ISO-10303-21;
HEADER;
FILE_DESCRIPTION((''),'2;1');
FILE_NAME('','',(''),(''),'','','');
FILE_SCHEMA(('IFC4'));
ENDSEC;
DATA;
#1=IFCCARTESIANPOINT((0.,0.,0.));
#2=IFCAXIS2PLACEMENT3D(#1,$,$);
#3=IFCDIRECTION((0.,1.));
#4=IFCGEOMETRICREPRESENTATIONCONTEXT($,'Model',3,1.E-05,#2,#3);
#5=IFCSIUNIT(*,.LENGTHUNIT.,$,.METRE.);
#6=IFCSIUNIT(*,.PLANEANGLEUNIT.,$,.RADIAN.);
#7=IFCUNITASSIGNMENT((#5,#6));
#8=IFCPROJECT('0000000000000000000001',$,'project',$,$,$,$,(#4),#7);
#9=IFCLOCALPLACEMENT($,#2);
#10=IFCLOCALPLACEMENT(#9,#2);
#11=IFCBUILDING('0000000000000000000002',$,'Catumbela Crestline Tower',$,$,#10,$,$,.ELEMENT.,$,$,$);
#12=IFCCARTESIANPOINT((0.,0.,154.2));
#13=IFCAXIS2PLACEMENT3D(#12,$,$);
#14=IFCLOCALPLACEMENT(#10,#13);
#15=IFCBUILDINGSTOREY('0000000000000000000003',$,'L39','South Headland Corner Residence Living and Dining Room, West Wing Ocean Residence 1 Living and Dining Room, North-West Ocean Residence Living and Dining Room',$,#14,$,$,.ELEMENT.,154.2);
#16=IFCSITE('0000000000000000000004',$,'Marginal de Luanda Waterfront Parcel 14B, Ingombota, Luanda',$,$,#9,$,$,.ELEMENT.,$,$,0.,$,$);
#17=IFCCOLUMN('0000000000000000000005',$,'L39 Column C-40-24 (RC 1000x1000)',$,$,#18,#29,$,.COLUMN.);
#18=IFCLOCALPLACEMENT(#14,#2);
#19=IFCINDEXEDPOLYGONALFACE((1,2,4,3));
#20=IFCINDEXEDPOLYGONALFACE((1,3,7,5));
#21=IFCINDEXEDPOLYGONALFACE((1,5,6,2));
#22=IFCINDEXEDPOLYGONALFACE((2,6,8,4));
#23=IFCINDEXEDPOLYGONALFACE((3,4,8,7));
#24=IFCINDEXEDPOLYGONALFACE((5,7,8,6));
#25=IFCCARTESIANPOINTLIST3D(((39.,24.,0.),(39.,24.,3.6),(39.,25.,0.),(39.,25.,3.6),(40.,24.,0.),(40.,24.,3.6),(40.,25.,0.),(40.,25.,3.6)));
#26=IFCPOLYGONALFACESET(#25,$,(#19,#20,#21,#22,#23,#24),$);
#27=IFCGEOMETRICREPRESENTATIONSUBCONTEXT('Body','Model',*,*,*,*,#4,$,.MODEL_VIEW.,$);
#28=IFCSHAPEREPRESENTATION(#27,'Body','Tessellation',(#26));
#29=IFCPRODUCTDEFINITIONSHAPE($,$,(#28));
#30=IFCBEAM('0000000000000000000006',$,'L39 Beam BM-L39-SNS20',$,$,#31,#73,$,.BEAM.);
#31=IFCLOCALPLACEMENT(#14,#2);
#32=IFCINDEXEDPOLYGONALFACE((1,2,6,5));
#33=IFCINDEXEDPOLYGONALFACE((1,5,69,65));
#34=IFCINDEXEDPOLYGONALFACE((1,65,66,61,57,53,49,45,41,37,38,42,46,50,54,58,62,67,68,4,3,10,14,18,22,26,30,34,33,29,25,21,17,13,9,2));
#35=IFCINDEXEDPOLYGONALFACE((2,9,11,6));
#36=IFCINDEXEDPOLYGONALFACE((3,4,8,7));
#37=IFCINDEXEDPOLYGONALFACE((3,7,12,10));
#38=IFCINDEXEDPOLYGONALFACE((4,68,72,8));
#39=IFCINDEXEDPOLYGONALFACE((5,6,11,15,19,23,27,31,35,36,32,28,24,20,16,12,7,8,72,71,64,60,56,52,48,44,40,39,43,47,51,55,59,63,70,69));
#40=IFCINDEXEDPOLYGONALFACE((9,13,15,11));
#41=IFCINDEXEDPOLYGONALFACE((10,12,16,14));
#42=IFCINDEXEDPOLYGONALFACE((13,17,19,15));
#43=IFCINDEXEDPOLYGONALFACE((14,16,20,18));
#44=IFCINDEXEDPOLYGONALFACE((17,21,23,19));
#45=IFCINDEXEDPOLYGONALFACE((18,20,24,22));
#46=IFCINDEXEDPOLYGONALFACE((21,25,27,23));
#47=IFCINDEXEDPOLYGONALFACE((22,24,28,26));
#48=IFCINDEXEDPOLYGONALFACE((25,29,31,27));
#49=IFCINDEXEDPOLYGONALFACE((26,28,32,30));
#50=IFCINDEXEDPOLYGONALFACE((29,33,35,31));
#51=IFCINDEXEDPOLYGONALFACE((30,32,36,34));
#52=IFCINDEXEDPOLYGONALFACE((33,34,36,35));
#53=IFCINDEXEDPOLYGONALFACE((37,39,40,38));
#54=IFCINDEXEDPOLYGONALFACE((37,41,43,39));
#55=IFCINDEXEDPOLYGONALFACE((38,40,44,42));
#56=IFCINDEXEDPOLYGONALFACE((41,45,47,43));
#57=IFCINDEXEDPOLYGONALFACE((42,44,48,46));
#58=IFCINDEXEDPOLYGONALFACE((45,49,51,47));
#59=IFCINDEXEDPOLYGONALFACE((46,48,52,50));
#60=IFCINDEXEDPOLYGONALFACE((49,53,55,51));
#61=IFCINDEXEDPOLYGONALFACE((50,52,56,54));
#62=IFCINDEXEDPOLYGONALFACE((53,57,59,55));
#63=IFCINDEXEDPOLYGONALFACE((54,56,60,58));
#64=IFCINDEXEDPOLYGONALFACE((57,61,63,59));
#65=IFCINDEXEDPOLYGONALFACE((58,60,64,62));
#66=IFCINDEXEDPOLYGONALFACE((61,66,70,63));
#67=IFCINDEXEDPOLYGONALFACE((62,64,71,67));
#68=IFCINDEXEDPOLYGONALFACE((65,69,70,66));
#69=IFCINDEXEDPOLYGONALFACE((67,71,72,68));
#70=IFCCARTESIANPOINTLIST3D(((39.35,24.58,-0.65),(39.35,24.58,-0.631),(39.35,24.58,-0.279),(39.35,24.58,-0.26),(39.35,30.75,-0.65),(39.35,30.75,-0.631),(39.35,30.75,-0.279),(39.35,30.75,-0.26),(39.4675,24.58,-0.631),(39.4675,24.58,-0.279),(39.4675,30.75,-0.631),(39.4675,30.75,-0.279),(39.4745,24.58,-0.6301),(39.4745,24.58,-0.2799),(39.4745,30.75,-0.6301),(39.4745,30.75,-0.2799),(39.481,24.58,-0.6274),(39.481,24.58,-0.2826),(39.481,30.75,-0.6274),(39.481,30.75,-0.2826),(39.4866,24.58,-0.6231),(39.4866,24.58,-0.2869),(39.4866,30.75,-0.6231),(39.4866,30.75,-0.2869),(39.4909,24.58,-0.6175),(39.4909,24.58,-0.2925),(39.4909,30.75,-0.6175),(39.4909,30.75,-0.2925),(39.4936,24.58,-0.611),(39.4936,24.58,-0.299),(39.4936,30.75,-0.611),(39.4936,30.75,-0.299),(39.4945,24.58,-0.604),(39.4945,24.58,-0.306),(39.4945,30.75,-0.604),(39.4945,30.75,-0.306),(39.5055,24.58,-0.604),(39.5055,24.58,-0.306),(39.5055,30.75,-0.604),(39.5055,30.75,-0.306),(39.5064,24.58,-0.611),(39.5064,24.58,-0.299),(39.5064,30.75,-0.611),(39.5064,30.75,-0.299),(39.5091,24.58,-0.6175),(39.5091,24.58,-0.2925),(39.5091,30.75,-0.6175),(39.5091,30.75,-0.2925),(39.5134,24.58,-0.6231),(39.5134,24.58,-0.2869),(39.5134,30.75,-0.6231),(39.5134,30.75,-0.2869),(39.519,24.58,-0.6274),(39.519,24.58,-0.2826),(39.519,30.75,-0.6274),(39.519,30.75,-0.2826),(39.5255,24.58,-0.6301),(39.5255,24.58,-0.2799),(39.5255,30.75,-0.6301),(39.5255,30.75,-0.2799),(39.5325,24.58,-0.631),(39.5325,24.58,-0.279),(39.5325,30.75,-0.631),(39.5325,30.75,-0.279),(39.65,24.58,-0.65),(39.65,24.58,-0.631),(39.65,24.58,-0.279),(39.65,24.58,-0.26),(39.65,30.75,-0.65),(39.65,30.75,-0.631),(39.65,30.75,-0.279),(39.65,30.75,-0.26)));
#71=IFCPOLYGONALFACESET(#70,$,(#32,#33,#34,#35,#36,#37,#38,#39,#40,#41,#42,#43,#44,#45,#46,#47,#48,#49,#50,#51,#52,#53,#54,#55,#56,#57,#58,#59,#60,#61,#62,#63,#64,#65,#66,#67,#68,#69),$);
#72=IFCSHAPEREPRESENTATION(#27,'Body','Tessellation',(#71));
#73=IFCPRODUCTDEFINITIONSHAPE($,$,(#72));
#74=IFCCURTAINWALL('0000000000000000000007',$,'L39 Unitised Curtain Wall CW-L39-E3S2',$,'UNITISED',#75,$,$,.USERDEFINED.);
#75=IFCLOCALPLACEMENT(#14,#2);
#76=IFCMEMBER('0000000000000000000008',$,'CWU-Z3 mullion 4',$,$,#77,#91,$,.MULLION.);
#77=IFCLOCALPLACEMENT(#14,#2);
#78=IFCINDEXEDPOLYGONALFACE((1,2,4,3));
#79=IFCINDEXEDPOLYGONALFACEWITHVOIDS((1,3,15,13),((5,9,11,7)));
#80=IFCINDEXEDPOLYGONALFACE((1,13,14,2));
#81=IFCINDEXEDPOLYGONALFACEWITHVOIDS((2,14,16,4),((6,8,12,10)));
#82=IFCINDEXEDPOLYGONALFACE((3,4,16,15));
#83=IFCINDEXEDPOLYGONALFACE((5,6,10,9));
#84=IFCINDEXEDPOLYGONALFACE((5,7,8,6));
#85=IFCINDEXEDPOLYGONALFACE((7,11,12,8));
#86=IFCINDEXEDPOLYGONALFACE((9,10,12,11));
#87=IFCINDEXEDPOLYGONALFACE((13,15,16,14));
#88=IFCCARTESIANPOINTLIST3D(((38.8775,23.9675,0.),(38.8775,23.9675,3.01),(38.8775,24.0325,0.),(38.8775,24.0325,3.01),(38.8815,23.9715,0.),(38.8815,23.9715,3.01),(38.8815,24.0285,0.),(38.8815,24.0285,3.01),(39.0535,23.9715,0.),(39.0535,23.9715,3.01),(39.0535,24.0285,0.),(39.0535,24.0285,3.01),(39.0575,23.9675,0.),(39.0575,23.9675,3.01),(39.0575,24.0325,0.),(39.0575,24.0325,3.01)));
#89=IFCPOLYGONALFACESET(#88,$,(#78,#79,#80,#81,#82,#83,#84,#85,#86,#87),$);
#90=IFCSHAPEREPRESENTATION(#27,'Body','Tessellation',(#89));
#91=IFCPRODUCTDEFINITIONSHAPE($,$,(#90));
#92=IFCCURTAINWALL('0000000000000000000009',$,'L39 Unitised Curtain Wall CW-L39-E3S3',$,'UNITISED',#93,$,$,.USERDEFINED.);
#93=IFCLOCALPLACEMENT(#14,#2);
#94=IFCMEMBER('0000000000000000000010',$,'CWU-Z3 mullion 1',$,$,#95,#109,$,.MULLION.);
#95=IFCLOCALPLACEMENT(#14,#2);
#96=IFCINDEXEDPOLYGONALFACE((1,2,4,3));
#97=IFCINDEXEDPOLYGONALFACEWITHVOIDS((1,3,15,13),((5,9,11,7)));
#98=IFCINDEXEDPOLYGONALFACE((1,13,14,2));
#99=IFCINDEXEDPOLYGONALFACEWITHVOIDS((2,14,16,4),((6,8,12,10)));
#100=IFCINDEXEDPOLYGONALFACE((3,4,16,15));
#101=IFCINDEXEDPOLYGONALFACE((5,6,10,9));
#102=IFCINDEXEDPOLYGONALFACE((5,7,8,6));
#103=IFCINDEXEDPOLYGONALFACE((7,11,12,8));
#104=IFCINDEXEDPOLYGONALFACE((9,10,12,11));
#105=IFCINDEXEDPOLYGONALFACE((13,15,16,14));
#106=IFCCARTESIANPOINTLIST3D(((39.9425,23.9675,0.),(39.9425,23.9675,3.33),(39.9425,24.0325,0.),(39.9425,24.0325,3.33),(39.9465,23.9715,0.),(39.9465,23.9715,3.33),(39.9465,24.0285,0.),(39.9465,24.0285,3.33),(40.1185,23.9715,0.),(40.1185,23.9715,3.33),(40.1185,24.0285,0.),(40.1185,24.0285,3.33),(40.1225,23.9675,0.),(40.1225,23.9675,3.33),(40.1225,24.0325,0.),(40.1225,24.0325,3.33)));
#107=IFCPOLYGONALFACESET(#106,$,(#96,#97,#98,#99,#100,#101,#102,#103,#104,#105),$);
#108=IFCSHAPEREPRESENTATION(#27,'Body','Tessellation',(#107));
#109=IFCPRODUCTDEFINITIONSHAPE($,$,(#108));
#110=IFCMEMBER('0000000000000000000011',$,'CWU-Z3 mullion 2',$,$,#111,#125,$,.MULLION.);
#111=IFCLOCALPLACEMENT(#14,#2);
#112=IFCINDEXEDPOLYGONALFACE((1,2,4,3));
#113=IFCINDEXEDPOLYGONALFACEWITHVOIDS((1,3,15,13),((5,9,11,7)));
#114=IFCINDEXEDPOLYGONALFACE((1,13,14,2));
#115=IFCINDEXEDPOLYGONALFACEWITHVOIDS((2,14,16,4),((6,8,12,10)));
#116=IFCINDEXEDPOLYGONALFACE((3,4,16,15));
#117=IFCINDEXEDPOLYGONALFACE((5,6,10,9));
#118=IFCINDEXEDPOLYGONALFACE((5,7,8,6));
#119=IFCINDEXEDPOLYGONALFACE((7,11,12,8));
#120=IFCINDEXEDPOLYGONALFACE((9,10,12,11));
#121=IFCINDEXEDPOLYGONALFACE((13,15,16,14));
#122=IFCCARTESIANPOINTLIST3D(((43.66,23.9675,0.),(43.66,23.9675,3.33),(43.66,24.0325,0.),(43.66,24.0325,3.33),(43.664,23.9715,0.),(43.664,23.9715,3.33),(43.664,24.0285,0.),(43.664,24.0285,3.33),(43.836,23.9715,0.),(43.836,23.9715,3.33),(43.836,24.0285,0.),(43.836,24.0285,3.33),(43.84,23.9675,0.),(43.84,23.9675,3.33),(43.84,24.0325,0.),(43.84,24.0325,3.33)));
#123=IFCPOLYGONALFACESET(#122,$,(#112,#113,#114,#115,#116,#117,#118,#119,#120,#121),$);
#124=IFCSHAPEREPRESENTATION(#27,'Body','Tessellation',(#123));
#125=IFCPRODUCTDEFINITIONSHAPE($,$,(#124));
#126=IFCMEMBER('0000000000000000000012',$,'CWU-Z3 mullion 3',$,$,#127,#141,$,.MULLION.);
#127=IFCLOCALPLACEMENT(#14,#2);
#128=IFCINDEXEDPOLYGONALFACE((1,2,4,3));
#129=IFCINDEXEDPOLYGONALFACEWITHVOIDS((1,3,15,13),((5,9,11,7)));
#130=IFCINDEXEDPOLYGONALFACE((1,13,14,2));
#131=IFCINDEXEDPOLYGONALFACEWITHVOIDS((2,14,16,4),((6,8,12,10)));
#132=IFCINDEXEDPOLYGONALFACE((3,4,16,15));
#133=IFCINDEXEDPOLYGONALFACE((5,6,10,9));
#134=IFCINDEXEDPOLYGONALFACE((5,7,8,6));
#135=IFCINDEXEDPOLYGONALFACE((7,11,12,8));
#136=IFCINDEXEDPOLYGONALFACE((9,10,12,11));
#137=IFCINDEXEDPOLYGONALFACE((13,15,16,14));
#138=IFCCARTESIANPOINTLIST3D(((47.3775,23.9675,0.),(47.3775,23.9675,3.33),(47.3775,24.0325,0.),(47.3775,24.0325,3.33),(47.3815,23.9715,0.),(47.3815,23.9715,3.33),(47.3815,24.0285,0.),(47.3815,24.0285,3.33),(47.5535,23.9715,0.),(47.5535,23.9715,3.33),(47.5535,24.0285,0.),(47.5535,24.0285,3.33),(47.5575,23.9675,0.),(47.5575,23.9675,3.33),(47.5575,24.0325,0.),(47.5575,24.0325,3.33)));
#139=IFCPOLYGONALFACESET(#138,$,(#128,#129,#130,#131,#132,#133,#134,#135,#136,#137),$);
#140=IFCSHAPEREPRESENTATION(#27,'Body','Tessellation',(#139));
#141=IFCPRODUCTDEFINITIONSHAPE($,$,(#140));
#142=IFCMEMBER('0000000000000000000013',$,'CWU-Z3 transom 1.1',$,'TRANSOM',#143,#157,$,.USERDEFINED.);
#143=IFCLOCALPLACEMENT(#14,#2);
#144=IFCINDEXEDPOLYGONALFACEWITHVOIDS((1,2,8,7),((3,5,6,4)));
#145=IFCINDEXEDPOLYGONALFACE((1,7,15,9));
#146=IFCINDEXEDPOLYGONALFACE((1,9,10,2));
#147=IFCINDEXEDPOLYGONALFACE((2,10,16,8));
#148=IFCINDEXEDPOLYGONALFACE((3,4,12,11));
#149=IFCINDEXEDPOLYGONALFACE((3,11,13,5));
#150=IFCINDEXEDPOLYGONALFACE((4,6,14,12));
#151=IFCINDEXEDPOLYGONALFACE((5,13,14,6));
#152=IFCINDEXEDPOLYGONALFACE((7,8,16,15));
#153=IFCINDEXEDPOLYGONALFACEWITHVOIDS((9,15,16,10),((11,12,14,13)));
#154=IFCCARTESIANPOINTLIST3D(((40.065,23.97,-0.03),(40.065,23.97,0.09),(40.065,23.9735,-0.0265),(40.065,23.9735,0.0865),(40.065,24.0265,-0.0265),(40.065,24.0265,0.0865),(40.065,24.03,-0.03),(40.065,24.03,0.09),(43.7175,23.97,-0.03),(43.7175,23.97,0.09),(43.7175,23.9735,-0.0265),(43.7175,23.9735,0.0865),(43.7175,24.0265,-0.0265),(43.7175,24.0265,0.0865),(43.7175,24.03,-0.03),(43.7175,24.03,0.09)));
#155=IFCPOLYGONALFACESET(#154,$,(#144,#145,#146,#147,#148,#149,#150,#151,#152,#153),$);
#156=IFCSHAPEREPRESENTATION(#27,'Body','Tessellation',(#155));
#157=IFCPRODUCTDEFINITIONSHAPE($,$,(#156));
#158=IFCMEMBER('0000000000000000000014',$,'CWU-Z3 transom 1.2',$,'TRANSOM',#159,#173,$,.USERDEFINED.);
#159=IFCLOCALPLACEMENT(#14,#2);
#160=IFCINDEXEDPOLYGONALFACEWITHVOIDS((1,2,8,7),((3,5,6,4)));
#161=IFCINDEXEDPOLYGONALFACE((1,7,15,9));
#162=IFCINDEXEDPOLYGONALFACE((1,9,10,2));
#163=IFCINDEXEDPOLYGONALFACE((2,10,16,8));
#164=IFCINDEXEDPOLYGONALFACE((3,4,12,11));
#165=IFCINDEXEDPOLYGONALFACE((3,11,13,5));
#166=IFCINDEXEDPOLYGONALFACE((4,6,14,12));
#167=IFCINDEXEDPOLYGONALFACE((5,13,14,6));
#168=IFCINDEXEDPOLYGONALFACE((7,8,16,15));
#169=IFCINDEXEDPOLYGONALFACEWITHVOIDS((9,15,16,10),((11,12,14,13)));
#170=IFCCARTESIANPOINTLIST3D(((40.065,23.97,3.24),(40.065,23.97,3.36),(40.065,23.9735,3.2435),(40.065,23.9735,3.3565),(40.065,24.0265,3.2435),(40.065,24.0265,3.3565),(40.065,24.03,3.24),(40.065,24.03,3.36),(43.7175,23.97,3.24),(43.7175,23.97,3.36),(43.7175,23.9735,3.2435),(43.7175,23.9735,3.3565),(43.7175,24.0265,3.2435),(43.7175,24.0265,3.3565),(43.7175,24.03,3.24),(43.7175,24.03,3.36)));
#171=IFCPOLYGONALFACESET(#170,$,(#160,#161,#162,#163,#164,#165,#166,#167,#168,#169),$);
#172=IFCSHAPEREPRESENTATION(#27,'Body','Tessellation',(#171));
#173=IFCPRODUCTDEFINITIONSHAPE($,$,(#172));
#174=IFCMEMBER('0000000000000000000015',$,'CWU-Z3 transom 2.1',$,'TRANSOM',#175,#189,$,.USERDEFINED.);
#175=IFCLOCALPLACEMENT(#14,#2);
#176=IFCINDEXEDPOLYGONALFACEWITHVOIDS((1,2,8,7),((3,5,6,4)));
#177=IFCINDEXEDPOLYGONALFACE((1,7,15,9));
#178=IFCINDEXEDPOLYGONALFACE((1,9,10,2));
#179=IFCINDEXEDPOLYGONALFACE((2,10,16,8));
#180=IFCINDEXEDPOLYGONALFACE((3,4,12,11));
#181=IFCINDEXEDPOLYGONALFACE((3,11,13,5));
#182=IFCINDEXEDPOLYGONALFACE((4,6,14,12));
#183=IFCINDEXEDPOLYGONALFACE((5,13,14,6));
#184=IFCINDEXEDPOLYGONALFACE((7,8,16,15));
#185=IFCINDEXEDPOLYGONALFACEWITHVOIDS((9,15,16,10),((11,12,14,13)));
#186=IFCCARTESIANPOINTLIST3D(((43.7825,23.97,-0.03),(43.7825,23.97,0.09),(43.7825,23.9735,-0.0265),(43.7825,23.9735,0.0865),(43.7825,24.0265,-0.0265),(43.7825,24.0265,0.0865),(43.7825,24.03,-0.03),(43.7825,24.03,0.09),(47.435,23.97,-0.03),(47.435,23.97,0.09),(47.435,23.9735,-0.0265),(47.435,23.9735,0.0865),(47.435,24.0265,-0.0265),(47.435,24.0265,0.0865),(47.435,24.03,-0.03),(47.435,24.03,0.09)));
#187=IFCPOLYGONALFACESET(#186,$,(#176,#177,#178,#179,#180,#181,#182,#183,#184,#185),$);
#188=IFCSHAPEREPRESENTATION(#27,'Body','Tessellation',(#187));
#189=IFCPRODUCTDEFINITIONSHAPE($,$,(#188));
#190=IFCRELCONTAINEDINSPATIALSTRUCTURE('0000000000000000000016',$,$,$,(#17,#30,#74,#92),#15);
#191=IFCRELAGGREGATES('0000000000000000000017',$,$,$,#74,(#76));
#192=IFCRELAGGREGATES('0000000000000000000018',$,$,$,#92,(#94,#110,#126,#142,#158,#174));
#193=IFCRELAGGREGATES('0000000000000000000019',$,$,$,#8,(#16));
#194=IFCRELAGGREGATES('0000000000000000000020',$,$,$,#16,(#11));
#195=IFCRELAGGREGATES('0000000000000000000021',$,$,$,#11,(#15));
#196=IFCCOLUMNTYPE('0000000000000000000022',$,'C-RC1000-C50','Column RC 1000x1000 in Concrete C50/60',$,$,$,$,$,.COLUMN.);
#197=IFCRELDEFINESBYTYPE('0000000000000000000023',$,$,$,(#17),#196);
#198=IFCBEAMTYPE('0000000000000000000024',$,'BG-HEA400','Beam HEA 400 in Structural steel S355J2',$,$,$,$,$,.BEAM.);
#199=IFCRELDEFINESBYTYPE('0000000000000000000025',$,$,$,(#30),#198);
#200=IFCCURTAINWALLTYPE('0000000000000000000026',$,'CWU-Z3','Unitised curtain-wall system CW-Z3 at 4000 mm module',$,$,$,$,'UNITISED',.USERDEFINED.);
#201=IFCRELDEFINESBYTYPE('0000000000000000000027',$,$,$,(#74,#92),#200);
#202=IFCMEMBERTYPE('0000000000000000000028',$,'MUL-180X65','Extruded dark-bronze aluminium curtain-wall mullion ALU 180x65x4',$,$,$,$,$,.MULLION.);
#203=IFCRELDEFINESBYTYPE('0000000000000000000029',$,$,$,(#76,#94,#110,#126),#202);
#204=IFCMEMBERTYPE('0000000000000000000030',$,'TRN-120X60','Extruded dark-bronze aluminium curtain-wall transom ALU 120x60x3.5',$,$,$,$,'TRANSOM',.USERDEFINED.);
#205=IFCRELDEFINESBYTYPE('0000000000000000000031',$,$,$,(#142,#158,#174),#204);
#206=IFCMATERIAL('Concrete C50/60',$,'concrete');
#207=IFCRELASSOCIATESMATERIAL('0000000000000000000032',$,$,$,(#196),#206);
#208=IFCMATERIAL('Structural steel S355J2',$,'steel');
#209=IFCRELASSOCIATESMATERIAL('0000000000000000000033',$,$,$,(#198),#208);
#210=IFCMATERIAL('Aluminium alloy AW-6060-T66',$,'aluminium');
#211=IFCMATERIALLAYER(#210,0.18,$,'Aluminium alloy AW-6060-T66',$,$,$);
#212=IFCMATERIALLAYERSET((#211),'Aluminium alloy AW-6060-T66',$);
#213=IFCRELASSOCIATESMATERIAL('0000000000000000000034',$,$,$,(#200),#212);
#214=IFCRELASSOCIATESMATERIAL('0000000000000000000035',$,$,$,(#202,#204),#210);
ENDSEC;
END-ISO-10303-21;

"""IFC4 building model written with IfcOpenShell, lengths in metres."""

from ifc_helpers import new_model, si_unit, direction, frame, origin, origin_2d, place, context, subcontext, project, spatial, rectangle, hollow_rectangle, i_section, extrude, material, layer, layer_set, material_profile, profile_set, type_object, element, aggregate, save


model = new_model("IFC4")

# Units and contexts
model_context = context("Model", 3, precision=1e-05, world=origin(), true_north=direction((0.0, 1.0)))
body_context = subcontext(model_context, "Body", "Model", "MODEL_VIEW")
ifc_project = project(units=[si_unit("LENGTHUNIT", "METRE"), si_unit("PLANEANGLEUNIT", "RADIAN")], contexts=[model_context])

# Site, building, storey
site_placement = place(None, origin())
site = spatial("IfcSite", under=ifc_project, at=site_placement, Name="Marginal de Luanda Waterfront Parcel 14B, Ingombota, Luanda", CompositionType="ELEMENT", RefElevation=0.0)
building_placement = place(site_placement, origin())
building = spatial("IfcBuilding", under=site, at=building_placement, Name="Catumbela Crestline Tower", CompositionType="ELEMENT")
storey_placement = place(building_placement, frame((0.0, 0.0, 154.2)))
storey = spatial("IfcBuildingStorey", under=building, at=storey_placement, Name="L39", Description="South Headland Corner Residence Living and Dining Room, West Wing Ocean Residence 1 Living and Dining Room, North-West Ocean Residence Living and Dining Room", CompositionType="ELEMENT", Elevation=154.2)

# Column
ifc_material_1 = material(Name="Concrete C50/60", Category="concrete")
ifc_material_profile_1 = material_profile(ifc_material_1, rectangle(XDim=1.0, YDim=1.0, at=origin_2d()), Name="RC 1000x1000")
ifc_profile_set_1 = profile_set([ifc_material_profile_1], Name="Concrete C50/60")
column_type = type_object("IfcColumnType", Name="C-RC1000-C50", Description="Column RC 1000x1000 in Concrete C50/60", PredefinedType="COLUMN", material=ifc_profile_set_1)
column_placement = place(storey_placement, frame((39.5, 24.5, 0.0), z_axis=(0.0, 0.0, 1.0), x_axis=(1.0, 0.0, 0.0)))
element("IfcColumn", 1, at=column_placement, inside=storey, type_object=column_type, Name="L39 Column C-40-24 (RC 1000x1000)", PredefinedType="COLUMN", context=body_context, shape_type="SweptSolid", body=[
    extrude(rectangle(XDim=1.0, YDim=1.0, at=origin_2d()), origin(), (0.0, 0.0, 1.0), 3.6),
])

# Beam
ifc_material_2 = material(Name="Structural steel S355J2", Category="steel")
ifc_material_profile_2 = material_profile(ifc_material_2, i_section(OverallWidth=0.3, OverallDepth=0.39, WebThickness=0.011, FlangeThickness=0.019, FilletRadius=0.027, at=origin_2d()), Name="HEA 400")
ifc_profile_set_2 = profile_set([ifc_material_profile_2], Name="Structural steel S355J2")
beam_type = type_object("IfcBeamType", Name="BG-HEA400", Description="Beam HEA 400 in Structural steel S355J2", PredefinedType="BEAM", material=ifc_profile_set_2)
beam_placement = place(storey_placement, frame((39.5, 24.58, -0.455), z_axis=(0.0, 1.0, 0.0), x_axis=(-1.0, 0.0, 0.0)))
element("IfcBeam", 2, at=beam_placement, inside=storey, type_object=beam_type, Name="L39 Beam BM-L39-SNS20", PredefinedType="BEAM", context=body_context, shape_type="SweptSolid", body=[
    extrude(i_section(OverallWidth=0.3, OverallDepth=0.39, WebThickness=0.011, FlangeThickness=0.019, FilletRadius=0.027, at=origin_2d()), origin(), (0.0, 0.0, 1.0), 6.17),
])

# Curtain wall, member
ifc_material_3 = material(Name="Aluminium alloy AW-6060-T66", Category="aluminium")
ifc_layer_1 = layer(ifc_material_3, 0.18, Name="Aluminium alloy AW-6060-T66")
ifc_layer_set_1 = layer_set([ifc_layer_1], Name="Aluminium alloy AW-6060-T66")
curtain_wall_type = type_object("IfcCurtainWallType", Name="CWU-Z3", Description="Unitised curtain-wall system CW-Z3 at 4000 mm module", ElementType="UNITISED", PredefinedType="USERDEFINED", material=ifc_layer_set_1)
curtain_wall_1_placement = place(storey_placement, origin())
curtain_wall_1 = element("IfcCurtainWall", 3, at=curtain_wall_1_placement, inside=storey, type_object=curtain_wall_type, Name="L39 Unitised Curtain Wall CW-L39-E3S2", ObjectType="UNITISED", PredefinedType="USERDEFINED")
ifc_material_profile_3 = material_profile(ifc_material_3, hollow_rectangle(XDim=0.065, YDim=0.18, WallThickness=0.004, at=origin_2d()), Name="ALU 180x65x4")
ifc_profile_set_3 = profile_set([ifc_material_profile_3], Name="Aluminium alloy AW-6060-T66")
member_type_1 = type_object("IfcMemberType", Name="MUL-180X65", Description="Extruded dark-bronze aluminium curtain-wall mullion ALU 180x65x4", PredefinedType="MULLION", material=ifc_profile_set_3)
member_1_placement = place(storey_placement, frame((38.9675, 24.0, 0.0), z_axis=(0.0, 0.0, 1.0), x_axis=(0.0, 1.0, 0.0)))
member_1 = element("IfcMember", 4, at=member_1_placement, type_object=member_type_1, Name="CWU-Z3 mullion 4", PredefinedType="MULLION", context=body_context, shape_type="SweptSolid", body=[
    extrude(hollow_rectangle(XDim=0.065, YDim=0.18, WallThickness=0.004, at=origin_2d()), origin(), (0.0, 0.0, 1.0), 3.01),
])
aggregate(curtain_wall_1, [member_1])

# Curtain wall, members
curtain_wall_2_placement = place(storey_placement, origin())
curtain_wall_2 = element("IfcCurtainWall", 5, at=curtain_wall_2_placement, inside=storey, type_object=curtain_wall_type, Name="L39 Unitised Curtain Wall CW-L39-E3S3", ObjectType="UNITISED", PredefinedType="USERDEFINED")
member_2_placement = place(storey_placement, frame((40.0325, 24.0, 0.0), z_axis=(0.0, 0.0, 1.0), x_axis=(0.0, 1.0, 0.0)))
member_2 = element("IfcMember", 6, at=member_2_placement, type_object=member_type_1, Name="CWU-Z3 mullion 1", PredefinedType="MULLION", context=body_context, shape_type="SweptSolid", body=[
    extrude(hollow_rectangle(XDim=0.065, YDim=0.18, WallThickness=0.004, at=origin_2d()), origin(), (0.0, 0.0, 1.0), 3.33),
])
member_3_placement = place(storey_placement, frame((43.75, 24.0, 0.0), z_axis=(0.0, 0.0, 1.0), x_axis=(0.0, 1.0, 0.0)))
member_3 = element("IfcMember", 7, at=member_3_placement, type_object=member_type_1, Name="CWU-Z3 mullion 2", PredefinedType="MULLION", context=body_context, shape_type="SweptSolid", body=[
    extrude(hollow_rectangle(XDim=0.065, YDim=0.18, WallThickness=0.004, at=origin_2d()), origin(), (0.0, 0.0, 1.0), 3.33),
])
member_4_placement = place(storey_placement, frame((47.4675, 24.0, 0.0), z_axis=(0.0, 0.0, 1.0), x_axis=(0.0, 1.0, 0.0)))
member_4 = element("IfcMember", 8, at=member_4_placement, type_object=member_type_1, Name="CWU-Z3 mullion 3", PredefinedType="MULLION", context=body_context, shape_type="SweptSolid", body=[
    extrude(hollow_rectangle(XDim=0.065, YDim=0.18, WallThickness=0.004, at=origin_2d()), origin(), (0.0, 0.0, 1.0), 3.33),
])
ifc_material_profile_4 = material_profile(ifc_material_3, hollow_rectangle(XDim=0.06, YDim=0.12, WallThickness=0.0035, at=origin_2d()), Name="ALU 120x60x3.5")
ifc_profile_set_4 = profile_set([ifc_material_profile_4], Name="Aluminium alloy AW-6060-T66")
member_type_2 = type_object("IfcMemberType", Name="TRN-120X60", Description="Extruded dark-bronze aluminium curtain-wall transom ALU 120x60x3.5", ElementType="TRANSOM", PredefinedType="USERDEFINED", material=ifc_profile_set_4)
member_5_placement = place(storey_placement, frame((40.065, 24.0, 0.03), z_axis=(1.0, 0.0, 0.0), x_axis=(0.0, 1.0, 0.0)))
member_5 = element("IfcMember", 9, at=member_5_placement, type_object=member_type_2, Name="CWU-Z3 transom 1.1", ObjectType="TRANSOM", PredefinedType="USERDEFINED", context=body_context, shape_type="SweptSolid", body=[
    extrude(hollow_rectangle(XDim=0.06, YDim=0.12, WallThickness=0.0035, at=origin_2d()), origin(), (0.0, 0.0, 1.0), 3.6525),
])
member_6_placement = place(storey_placement, frame((40.065, 24.0, 3.3), z_axis=(1.0, 0.0, 0.0), x_axis=(0.0, 1.0, 0.0)))
member_6 = element("IfcMember", 10, at=member_6_placement, type_object=member_type_2, Name="CWU-Z3 transom 1.2", ObjectType="TRANSOM", PredefinedType="USERDEFINED", context=body_context, shape_type="SweptSolid", body=[
    extrude(hollow_rectangle(XDim=0.06, YDim=0.12, WallThickness=0.0035, at=origin_2d()), origin(), (0.0, 0.0, 1.0), 3.6525),
])
member_7_placement = place(storey_placement, frame((43.7825, 24.0, 0.03), z_axis=(1.0, 0.0, 0.0), x_axis=(0.0, 1.0, 0.0)))
member_7 = element("IfcMember", 11, at=member_7_placement, type_object=member_type_2, Name="CWU-Z3 transom 2.1", ObjectType="TRANSOM", PredefinedType="USERDEFINED", context=body_context, shape_type="SweptSolid", body=[
    extrude(hollow_rectangle(XDim=0.06, YDim=0.12, WallThickness=0.0035, at=origin_2d()), origin(), (0.0, 0.0, 1.0), 3.6525),
])
aggregate(curtain_wall_2, [member_2, member_3, member_4, member_5, member_6, member_7])

save(model, "model.ifc")
